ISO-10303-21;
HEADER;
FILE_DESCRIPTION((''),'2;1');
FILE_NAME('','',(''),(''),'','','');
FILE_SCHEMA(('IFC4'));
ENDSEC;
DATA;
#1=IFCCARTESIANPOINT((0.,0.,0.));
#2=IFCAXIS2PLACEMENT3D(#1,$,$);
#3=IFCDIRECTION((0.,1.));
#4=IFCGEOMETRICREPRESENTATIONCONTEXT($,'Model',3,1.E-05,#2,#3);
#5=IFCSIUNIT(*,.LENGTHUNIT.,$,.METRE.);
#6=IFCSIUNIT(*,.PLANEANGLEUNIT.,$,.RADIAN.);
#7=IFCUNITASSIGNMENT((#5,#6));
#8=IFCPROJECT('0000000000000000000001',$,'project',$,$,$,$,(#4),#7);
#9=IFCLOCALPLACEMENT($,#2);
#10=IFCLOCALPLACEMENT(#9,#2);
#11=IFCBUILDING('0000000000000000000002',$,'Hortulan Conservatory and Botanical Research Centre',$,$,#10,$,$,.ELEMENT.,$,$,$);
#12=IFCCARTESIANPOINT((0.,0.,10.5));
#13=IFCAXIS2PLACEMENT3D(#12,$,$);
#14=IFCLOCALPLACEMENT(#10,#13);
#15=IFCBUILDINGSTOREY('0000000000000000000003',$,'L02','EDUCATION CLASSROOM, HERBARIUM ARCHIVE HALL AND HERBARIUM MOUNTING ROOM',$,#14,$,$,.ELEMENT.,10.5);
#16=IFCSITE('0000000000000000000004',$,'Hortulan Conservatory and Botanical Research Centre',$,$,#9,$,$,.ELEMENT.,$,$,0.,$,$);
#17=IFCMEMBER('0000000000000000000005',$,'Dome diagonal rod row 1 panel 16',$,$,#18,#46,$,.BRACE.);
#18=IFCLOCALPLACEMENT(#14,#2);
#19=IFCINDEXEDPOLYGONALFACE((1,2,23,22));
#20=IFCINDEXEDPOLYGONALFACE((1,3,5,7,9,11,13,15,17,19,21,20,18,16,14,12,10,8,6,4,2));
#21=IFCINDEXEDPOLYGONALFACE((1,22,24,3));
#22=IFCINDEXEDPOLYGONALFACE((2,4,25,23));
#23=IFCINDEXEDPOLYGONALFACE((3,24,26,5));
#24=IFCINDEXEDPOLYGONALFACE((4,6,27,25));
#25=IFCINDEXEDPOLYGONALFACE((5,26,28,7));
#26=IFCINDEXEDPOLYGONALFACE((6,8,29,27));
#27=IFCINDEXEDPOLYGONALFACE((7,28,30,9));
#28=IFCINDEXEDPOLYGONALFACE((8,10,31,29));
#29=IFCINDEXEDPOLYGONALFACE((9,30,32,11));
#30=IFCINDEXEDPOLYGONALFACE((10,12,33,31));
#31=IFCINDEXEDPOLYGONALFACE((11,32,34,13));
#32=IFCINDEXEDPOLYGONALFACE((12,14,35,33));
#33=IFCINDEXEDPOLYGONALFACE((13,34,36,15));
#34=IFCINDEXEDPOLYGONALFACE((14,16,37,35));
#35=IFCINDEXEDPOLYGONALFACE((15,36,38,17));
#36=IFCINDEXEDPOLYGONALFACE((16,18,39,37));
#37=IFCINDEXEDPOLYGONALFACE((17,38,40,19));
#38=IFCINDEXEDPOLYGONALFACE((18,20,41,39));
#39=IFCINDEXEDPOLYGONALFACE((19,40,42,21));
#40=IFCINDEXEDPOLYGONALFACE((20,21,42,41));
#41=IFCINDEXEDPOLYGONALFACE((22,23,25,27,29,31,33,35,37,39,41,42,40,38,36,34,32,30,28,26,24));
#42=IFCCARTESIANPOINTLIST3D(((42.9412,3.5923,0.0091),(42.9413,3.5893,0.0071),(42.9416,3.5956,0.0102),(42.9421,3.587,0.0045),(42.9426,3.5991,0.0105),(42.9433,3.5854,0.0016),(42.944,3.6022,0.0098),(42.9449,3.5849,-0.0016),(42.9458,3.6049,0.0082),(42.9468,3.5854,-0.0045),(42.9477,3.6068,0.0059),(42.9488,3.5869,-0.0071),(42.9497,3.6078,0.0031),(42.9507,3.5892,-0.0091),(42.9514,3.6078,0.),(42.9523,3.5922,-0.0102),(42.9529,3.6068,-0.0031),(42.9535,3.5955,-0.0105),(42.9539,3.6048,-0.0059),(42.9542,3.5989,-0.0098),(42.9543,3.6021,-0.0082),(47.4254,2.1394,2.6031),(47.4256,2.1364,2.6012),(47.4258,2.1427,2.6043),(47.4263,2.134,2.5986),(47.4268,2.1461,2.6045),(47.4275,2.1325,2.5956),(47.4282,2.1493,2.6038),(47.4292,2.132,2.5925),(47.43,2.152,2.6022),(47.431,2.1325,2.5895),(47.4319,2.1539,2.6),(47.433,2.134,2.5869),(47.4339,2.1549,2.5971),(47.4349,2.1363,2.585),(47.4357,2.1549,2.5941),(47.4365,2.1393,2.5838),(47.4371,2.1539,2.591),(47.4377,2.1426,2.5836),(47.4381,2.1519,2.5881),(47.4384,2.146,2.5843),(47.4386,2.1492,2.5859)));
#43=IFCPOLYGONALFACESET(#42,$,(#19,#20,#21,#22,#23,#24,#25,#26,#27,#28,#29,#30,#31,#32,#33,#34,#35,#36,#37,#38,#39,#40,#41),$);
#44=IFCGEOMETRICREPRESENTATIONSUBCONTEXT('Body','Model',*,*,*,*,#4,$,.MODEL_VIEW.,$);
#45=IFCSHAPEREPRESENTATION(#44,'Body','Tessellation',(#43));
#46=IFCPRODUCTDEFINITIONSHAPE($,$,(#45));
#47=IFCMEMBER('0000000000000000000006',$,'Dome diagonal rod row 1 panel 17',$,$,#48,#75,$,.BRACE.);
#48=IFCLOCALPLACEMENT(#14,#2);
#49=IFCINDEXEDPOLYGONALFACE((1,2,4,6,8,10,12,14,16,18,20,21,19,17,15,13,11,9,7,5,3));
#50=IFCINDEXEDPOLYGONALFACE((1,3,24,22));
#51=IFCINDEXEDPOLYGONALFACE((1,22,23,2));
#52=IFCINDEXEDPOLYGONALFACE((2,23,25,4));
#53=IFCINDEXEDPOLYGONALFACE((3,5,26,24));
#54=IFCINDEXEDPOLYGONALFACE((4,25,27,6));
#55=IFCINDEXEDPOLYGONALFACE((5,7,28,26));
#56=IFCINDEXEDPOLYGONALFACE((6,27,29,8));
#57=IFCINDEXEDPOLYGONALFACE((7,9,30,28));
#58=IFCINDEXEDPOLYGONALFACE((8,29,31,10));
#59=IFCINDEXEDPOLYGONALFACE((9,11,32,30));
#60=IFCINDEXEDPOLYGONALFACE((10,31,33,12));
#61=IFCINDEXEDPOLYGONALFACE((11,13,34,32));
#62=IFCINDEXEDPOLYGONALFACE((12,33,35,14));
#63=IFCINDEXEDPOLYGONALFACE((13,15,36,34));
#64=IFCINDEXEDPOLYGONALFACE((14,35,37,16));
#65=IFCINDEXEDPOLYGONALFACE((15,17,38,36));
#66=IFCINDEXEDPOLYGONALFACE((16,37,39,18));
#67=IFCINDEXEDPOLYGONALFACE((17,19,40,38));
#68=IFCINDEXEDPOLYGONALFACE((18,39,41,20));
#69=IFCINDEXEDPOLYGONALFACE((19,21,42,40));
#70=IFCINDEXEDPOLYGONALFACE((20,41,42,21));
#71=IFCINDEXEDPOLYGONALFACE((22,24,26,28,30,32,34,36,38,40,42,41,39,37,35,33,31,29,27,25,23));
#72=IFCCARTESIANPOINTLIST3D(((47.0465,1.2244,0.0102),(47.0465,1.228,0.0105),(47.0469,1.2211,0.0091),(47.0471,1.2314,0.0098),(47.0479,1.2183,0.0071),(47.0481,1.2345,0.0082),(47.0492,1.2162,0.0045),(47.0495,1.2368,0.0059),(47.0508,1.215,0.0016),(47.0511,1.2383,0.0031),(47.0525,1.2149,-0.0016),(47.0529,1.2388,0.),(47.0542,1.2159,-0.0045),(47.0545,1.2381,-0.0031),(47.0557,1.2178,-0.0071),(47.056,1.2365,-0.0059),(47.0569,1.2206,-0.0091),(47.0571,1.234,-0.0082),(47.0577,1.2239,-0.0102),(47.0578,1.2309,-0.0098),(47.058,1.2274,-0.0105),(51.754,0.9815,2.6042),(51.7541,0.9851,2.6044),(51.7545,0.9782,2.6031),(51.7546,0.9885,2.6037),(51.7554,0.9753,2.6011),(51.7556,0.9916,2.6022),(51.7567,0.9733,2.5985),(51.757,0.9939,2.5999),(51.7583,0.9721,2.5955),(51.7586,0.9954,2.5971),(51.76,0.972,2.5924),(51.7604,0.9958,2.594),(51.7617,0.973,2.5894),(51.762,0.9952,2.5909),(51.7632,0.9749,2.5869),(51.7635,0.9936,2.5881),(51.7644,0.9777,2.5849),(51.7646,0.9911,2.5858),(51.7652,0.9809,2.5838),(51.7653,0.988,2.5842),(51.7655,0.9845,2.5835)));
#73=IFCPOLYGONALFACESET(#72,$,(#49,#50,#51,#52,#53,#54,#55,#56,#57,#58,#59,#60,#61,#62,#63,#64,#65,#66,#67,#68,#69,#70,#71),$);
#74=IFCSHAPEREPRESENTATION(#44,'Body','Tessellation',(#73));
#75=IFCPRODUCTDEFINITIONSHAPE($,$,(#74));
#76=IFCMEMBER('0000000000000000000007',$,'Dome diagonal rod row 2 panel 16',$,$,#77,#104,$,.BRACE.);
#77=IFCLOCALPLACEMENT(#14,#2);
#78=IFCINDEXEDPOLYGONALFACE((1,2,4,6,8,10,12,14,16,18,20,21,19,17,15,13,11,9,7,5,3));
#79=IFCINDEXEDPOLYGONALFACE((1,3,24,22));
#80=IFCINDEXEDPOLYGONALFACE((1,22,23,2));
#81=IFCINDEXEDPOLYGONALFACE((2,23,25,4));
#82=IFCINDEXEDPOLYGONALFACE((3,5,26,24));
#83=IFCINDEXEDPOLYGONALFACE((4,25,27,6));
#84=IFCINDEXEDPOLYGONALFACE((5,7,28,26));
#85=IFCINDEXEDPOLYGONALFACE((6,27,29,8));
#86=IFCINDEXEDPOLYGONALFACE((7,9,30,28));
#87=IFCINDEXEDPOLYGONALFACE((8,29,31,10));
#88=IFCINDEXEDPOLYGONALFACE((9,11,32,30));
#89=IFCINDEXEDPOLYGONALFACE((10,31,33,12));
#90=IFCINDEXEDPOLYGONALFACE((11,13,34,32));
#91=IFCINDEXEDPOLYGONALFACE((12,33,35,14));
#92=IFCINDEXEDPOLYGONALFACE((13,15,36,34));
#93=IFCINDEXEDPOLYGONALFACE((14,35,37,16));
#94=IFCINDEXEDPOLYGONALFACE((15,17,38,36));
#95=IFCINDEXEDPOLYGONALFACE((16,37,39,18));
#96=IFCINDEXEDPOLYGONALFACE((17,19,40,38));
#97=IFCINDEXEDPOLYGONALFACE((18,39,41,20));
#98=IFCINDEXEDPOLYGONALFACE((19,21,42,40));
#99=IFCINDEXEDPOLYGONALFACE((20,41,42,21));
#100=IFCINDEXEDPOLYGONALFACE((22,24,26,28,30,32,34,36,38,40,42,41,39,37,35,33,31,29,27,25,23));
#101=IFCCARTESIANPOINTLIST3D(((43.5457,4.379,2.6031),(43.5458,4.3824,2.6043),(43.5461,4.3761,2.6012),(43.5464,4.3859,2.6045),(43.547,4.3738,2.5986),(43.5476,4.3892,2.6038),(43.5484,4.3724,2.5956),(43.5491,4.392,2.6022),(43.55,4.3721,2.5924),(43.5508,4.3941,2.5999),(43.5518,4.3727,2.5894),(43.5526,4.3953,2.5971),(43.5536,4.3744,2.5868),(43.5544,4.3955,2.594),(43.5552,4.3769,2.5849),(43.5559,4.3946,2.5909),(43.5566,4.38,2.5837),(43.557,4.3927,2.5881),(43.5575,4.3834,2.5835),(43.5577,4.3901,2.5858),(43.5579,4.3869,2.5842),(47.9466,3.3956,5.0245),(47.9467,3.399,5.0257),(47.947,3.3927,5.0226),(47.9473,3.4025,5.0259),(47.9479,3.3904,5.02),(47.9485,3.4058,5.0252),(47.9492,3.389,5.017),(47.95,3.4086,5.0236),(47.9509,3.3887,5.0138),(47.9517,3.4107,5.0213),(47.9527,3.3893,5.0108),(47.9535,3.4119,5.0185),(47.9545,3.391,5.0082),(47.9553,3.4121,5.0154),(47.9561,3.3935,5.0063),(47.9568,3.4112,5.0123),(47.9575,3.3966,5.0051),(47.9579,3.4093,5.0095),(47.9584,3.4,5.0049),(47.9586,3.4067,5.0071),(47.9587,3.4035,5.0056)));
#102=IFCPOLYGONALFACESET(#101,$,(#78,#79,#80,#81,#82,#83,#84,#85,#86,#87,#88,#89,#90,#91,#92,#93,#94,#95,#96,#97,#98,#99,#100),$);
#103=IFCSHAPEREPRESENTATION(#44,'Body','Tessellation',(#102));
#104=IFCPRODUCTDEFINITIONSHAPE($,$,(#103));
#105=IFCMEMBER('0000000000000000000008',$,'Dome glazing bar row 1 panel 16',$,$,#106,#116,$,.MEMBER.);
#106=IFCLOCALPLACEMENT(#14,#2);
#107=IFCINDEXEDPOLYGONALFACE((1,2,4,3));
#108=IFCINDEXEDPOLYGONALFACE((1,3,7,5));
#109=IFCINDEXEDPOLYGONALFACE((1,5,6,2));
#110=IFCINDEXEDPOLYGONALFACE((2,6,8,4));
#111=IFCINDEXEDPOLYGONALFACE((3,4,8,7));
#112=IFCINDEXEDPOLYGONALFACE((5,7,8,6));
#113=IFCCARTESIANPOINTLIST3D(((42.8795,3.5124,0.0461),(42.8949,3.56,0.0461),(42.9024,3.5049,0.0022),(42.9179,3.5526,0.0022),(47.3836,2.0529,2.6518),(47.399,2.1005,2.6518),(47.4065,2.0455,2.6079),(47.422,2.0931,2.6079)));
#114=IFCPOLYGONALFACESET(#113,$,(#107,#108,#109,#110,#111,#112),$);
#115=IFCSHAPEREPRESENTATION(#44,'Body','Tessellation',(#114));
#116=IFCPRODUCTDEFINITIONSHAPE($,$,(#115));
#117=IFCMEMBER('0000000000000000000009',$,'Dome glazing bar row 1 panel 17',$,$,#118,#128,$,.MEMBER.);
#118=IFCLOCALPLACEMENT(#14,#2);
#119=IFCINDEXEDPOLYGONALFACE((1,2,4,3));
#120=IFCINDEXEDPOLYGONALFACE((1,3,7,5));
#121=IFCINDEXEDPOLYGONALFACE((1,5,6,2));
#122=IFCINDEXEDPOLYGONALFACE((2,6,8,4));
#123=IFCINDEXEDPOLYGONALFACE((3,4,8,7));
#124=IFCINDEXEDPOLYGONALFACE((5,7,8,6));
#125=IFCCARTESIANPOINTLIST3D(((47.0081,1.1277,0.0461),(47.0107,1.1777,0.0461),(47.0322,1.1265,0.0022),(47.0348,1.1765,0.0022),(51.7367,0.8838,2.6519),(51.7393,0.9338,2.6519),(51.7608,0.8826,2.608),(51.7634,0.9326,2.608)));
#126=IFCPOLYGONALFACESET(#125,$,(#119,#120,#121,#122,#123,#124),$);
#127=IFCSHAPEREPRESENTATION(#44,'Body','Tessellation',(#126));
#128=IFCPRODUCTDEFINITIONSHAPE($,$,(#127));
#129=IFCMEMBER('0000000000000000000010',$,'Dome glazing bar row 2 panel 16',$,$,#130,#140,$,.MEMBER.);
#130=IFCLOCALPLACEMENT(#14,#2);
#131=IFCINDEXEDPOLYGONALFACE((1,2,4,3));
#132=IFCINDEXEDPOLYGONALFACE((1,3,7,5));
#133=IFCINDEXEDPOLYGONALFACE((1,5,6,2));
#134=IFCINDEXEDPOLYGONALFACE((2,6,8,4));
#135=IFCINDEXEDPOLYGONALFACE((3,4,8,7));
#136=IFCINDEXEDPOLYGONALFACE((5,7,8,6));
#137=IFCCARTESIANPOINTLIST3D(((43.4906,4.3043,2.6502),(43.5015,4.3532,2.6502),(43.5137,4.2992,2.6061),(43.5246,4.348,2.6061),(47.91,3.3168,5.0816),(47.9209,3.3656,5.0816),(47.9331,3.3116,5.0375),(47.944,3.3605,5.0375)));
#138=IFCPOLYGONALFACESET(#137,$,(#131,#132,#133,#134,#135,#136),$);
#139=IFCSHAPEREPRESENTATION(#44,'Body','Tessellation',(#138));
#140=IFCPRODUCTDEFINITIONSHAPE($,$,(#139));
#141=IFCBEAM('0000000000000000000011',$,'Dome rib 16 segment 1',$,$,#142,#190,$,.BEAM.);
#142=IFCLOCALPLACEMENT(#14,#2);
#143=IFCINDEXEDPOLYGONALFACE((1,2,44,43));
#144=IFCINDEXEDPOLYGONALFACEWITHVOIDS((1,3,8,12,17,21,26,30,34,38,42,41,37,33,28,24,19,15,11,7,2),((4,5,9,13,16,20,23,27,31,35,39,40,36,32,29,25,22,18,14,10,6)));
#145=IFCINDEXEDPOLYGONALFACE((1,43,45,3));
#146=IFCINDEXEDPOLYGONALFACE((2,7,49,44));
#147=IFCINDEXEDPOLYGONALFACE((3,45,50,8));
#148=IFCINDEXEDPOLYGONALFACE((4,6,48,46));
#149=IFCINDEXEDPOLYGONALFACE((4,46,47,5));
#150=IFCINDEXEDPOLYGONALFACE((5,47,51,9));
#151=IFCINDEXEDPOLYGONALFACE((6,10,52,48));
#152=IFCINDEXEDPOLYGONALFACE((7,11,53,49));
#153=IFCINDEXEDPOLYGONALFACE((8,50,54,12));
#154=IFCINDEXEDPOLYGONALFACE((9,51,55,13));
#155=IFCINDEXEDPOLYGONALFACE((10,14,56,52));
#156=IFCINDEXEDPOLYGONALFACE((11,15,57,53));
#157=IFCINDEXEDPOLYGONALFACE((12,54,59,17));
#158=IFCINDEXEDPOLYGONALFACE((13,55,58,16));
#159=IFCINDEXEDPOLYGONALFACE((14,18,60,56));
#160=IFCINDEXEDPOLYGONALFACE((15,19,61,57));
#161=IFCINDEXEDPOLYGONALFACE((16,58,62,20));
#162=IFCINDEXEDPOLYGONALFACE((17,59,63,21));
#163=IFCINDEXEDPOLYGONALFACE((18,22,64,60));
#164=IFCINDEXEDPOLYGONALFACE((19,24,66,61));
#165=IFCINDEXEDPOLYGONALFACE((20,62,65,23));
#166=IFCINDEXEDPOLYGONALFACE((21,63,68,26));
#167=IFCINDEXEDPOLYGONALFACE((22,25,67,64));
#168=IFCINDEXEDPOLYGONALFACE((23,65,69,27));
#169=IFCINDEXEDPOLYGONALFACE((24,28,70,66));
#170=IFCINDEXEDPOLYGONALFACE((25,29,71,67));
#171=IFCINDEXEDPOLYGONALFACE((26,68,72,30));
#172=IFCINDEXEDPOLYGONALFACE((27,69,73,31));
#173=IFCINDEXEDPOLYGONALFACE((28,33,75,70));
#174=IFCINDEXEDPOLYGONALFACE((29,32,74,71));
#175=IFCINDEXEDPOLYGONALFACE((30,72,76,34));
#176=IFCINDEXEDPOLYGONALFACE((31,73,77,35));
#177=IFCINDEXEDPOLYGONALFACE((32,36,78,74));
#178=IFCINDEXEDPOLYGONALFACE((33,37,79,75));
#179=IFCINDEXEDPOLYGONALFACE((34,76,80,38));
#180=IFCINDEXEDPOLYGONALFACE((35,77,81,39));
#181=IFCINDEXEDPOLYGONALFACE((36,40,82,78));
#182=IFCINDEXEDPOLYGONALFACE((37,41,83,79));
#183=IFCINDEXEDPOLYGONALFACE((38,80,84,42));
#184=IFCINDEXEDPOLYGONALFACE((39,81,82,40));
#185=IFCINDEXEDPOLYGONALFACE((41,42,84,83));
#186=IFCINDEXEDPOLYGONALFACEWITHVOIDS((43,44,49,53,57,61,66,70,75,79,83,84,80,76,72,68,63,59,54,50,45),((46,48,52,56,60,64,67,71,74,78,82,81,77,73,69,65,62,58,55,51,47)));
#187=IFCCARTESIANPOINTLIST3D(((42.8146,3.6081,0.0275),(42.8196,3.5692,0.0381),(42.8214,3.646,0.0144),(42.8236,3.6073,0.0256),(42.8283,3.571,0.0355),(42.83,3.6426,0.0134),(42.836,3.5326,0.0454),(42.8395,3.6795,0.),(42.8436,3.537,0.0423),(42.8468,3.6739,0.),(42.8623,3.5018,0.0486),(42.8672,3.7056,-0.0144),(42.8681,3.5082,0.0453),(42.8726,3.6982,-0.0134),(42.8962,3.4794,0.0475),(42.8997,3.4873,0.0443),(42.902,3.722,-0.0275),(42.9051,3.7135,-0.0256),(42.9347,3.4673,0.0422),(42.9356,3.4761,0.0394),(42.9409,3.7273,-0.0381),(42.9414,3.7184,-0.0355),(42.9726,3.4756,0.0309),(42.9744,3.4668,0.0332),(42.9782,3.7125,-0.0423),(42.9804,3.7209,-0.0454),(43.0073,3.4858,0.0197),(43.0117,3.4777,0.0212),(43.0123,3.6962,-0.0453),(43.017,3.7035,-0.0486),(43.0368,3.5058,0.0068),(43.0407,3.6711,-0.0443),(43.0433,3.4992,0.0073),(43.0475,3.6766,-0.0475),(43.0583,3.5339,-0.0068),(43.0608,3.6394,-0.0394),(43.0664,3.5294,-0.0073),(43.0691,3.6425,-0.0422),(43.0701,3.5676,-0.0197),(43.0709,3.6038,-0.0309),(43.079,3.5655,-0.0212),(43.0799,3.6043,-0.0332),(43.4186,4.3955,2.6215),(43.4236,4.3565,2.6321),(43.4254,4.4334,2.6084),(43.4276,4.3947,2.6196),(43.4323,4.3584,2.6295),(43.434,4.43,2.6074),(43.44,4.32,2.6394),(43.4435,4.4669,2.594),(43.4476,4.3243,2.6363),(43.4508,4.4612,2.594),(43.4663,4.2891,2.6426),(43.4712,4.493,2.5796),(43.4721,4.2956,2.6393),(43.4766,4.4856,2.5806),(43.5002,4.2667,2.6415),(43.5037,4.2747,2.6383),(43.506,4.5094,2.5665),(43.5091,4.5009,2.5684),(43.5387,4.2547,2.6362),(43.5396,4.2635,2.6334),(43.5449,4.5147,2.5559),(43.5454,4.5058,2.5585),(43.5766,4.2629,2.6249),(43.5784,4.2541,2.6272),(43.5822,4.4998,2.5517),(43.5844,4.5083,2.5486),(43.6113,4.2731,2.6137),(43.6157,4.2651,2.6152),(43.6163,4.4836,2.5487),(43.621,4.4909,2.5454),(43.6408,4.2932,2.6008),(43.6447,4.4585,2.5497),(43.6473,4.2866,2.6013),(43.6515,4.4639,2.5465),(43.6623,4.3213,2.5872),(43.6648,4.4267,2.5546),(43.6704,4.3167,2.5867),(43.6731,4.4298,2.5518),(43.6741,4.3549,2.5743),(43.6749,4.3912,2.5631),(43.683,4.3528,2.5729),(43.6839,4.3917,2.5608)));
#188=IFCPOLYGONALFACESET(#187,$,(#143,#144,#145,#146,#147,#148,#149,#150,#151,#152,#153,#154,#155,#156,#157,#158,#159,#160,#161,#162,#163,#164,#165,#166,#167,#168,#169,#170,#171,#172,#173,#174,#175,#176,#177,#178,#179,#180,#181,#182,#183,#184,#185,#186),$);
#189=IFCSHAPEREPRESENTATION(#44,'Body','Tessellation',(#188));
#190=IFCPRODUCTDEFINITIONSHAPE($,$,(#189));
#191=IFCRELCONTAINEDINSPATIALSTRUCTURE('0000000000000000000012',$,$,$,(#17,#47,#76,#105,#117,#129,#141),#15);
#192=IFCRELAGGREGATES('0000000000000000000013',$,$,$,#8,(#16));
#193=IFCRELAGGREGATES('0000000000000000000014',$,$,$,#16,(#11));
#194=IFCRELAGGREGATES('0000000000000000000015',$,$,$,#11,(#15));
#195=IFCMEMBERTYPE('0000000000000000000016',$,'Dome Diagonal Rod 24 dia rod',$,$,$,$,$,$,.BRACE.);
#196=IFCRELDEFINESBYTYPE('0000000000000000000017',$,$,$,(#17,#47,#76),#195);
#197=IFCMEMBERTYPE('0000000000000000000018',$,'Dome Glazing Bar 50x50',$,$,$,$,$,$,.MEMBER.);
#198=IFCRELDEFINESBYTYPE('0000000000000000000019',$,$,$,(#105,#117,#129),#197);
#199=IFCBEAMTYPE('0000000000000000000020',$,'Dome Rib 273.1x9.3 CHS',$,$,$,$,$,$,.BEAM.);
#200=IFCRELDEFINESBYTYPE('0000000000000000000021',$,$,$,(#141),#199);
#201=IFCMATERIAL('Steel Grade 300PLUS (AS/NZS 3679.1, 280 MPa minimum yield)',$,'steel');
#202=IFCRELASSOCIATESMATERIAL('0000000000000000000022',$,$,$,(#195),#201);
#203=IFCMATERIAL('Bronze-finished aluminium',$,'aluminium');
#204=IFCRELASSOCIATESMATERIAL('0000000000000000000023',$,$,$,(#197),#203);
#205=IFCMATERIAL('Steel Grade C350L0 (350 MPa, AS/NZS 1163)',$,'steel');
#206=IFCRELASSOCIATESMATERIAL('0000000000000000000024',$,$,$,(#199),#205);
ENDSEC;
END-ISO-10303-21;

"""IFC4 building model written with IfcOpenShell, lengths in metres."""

from ifc_helpers import new_model, si_unit, direction, frame, origin, origin_2d, place, context, subcontext, project, spatial, rectangle, circle, hollow_circle, extrude, material, material_profile, profile_set, type_object, element, save


model = new_model("IFC4")

# Units and contexts
model_context = context("Model", 3, precision=1e-05, world=origin(), true_north=direction((0.0, 1.0)))
body_context = subcontext(model_context, "Body", "Model", "MODEL_VIEW")
ifc_project = project(units=[si_unit("LENGTHUNIT", "METRE"), si_unit("PLANEANGLEUNIT", "RADIAN")], contexts=[model_context])

# Site, building, storey
site_placement = place(None, origin())
site = spatial("IfcSite", under=ifc_project, at=site_placement, Name="Hortulan Conservatory and Botanical Research Centre", CompositionType="ELEMENT", RefElevation=0.0)
building_placement = place(site_placement, origin())
building = spatial("IfcBuilding", under=site, at=building_placement, Name="Hortulan Conservatory and Botanical Research Centre", CompositionType="ELEMENT")
storey_placement = place(building_placement, frame((0.0, 0.0, 10.5)))
storey = spatial("IfcBuildingStorey", under=building, at=storey_placement, Name="L02", Description="EDUCATION CLASSROOM, HERBARIUM ARCHIVE HALL AND HERBARIUM MOUNTING ROOM", CompositionType="ELEMENT", Elevation=10.5)

# Members
ifc_material_1 = material(Name="Steel Grade 300PLUS (AS/NZS 3679.1, 280 MPa minimum yield)", Category="steel")
ifc_material_profile_1 = material_profile(ifc_material_1, circle(Radius=0.012, at=origin_2d()), Name="24 dia rod")
ifc_profile_set_1 = profile_set([ifc_material_profile_1], Name="Steel Grade 300PLUS (AS/NZS 3679.1, 280 MPa minimum yield)")
member_type_1 = type_object("IfcMemberType", Name="Dome Diagonal Rod 24 dia rod", PredefinedType="BRACE", material=ifc_profile_set_1)
for number, where, z_axis, x_axis, name in (
    (1, (42.9478, 3.5964, 0.0), (0.833443, -0.27004, 0.482133), (0.30823, 0.951312, 0.0), "Dome diagonal rod row 1 panel 16"),
    (2, (47.0522, 1.2268, 0.0), (0.874941, -0.045149, 0.48212), (0.051534, 0.998671, 0.0), "Dome diagonal rod row 1 panel 17"),
):
    element("IfcMember", number, at=place(storey_placement, frame(where, z_axis=z_axis, x_axis=x_axis)), inside=storey, type_object=member_type_1, Name=name, PredefinedType="BRACE", context=body_context, shape_type="SweptSolid", body=[
        extrude(circle(Radius=0.012, at=origin_2d()), origin(), (0.0, 0.0, 1.0), 5.3804),
    ])
member_1_placement = place(storey_placement, frame((43.5518, 4.3838, 2.594), z_axis=(0.859817, -0.19213, 0.473076), x_axis=(0.218077, 0.975932, 0.0)))
element("IfcMember", 3, at=member_1_placement, inside=storey, type_object=member_type_1, Name="Dome diagonal rod row 2 panel 16", PredefinedType="BRACE", context=body_context, shape_type="SweptSolid", body=[
    extrude(circle(Radius=0.012, at=origin_2d()), origin(), (0.0, 0.0, 1.0), 5.1184),
])
ifc_material_2 = material(Name="Bronze-finished aluminium", Category="aluminium")
ifc_material_profile_2 = material_profile(ifc_material_2, rectangle(XDim=0.05, YDim=0.05, at=origin_2d()), Name="Square bar 50x50")
ifc_profile_set_2 = profile_set([ifc_material_profile_2], Name="Bronze-finished aluminium")
member_type_2 = type_object("IfcMemberType", Name="Dome Glazing Bar 50x50", PredefinedType="MEMBER", material=ifc_profile_set_2)
member_2_placement = place(storey_placement, frame((42.8987, 3.5325, 0.0242), z_axis=(0.833428, -0.270054, 0.48215), x_axis=(0.30825, 0.951305, 0.0)))
element("IfcMember", 4, at=member_2_placement, inside=storey, type_object=member_type_2, Name="Dome glazing bar row 1 panel 16", PredefinedType="MEMBER", context=body_context, shape_type="SweptSolid", body=[
    extrude(rectangle(XDim=0.05, YDim=0.05, at=origin_2d()), origin(), (0.0, 0.0, 1.0), 5.4043),
])
member_3_placement = place(storey_placement, frame((47.0215, 1.1521, 0.0242), z_axis=(0.87493, -0.045129, 0.482142), x_axis=(0.051511, 0.998672, 0.0)))
element("IfcMember", 5, at=member_3_placement, inside=storey, type_object=member_type_2, Name="Dome glazing bar row 1 panel 17", PredefinedType="MEMBER", context=body_context, shape_type="SweptSolid", body=[
    extrude(rectangle(XDim=0.05, YDim=0.05, at=origin_2d()), origin(), (0.0, 0.0, 1.0), 5.4045),
])
member_4_placement = place(storey_placement, frame((43.5076, 4.3262, 2.6282), z_axis=(0.859833, -0.192135, 0.473046), x_axis=(0.218078, 0.975931, 0.0)))
element("IfcMember", 6, at=member_4_placement, inside=storey, type_object=member_type_2, Name="Dome glazing bar row 2 panel 16", PredefinedType="MEMBER", context=body_context, shape_type="SweptSolid", body=[
    extrude(rectangle(XDim=0.05, YDim=0.05, at=origin_2d()), origin(), (0.0, 0.0, 1.0), 5.1399),
])

# Beam
ifc_material_3 = material(Name="Steel Grade C350L0 (350 MPa, AS/NZS 1163)", Category="steel")
ifc_material_profile_3 = material_profile(ifc_material_3, hollow_circle(Radius=0.1365, WallThickness=0.0093, at=origin_2d()), Name="273.1x9.3CHS")
ifc_profile_set_3 = profile_set([ifc_material_profile_3], Name="Steel Grade C350L0 (350 MPa, AS/NZS 1163)")
beam_type_1 = type_object("IfcBeamType", Name="Dome Rib 273.1x9.3 CHS", PredefinedType="BEAM", material=ifc_profile_set_3)
for number, where, z_axis, x_axis, name in (
    (7, (42.9478, 3.5964, 0.0), (0.217477, 0.283493, 0.933989), (-0.793428, 0.608664, 0.0), "Dome rib 16 segment 1"),
):
    element("IfcBeam", number, at=place(storey_placement, frame(where, z_axis=z_axis, x_axis=x_axis)), inside=storey, type_object=beam_type_1, Name=name, PredefinedType="BEAM", context=body_context, shape_type="SweptSolid", body=[
        extrude(hollow_circle(Radius=0.1365, WallThickness=0.0093, at=origin_2d()), origin(), (0.0, 0.0, 1.0), 2.7773),
    ])

save(model, "model.ifc")
